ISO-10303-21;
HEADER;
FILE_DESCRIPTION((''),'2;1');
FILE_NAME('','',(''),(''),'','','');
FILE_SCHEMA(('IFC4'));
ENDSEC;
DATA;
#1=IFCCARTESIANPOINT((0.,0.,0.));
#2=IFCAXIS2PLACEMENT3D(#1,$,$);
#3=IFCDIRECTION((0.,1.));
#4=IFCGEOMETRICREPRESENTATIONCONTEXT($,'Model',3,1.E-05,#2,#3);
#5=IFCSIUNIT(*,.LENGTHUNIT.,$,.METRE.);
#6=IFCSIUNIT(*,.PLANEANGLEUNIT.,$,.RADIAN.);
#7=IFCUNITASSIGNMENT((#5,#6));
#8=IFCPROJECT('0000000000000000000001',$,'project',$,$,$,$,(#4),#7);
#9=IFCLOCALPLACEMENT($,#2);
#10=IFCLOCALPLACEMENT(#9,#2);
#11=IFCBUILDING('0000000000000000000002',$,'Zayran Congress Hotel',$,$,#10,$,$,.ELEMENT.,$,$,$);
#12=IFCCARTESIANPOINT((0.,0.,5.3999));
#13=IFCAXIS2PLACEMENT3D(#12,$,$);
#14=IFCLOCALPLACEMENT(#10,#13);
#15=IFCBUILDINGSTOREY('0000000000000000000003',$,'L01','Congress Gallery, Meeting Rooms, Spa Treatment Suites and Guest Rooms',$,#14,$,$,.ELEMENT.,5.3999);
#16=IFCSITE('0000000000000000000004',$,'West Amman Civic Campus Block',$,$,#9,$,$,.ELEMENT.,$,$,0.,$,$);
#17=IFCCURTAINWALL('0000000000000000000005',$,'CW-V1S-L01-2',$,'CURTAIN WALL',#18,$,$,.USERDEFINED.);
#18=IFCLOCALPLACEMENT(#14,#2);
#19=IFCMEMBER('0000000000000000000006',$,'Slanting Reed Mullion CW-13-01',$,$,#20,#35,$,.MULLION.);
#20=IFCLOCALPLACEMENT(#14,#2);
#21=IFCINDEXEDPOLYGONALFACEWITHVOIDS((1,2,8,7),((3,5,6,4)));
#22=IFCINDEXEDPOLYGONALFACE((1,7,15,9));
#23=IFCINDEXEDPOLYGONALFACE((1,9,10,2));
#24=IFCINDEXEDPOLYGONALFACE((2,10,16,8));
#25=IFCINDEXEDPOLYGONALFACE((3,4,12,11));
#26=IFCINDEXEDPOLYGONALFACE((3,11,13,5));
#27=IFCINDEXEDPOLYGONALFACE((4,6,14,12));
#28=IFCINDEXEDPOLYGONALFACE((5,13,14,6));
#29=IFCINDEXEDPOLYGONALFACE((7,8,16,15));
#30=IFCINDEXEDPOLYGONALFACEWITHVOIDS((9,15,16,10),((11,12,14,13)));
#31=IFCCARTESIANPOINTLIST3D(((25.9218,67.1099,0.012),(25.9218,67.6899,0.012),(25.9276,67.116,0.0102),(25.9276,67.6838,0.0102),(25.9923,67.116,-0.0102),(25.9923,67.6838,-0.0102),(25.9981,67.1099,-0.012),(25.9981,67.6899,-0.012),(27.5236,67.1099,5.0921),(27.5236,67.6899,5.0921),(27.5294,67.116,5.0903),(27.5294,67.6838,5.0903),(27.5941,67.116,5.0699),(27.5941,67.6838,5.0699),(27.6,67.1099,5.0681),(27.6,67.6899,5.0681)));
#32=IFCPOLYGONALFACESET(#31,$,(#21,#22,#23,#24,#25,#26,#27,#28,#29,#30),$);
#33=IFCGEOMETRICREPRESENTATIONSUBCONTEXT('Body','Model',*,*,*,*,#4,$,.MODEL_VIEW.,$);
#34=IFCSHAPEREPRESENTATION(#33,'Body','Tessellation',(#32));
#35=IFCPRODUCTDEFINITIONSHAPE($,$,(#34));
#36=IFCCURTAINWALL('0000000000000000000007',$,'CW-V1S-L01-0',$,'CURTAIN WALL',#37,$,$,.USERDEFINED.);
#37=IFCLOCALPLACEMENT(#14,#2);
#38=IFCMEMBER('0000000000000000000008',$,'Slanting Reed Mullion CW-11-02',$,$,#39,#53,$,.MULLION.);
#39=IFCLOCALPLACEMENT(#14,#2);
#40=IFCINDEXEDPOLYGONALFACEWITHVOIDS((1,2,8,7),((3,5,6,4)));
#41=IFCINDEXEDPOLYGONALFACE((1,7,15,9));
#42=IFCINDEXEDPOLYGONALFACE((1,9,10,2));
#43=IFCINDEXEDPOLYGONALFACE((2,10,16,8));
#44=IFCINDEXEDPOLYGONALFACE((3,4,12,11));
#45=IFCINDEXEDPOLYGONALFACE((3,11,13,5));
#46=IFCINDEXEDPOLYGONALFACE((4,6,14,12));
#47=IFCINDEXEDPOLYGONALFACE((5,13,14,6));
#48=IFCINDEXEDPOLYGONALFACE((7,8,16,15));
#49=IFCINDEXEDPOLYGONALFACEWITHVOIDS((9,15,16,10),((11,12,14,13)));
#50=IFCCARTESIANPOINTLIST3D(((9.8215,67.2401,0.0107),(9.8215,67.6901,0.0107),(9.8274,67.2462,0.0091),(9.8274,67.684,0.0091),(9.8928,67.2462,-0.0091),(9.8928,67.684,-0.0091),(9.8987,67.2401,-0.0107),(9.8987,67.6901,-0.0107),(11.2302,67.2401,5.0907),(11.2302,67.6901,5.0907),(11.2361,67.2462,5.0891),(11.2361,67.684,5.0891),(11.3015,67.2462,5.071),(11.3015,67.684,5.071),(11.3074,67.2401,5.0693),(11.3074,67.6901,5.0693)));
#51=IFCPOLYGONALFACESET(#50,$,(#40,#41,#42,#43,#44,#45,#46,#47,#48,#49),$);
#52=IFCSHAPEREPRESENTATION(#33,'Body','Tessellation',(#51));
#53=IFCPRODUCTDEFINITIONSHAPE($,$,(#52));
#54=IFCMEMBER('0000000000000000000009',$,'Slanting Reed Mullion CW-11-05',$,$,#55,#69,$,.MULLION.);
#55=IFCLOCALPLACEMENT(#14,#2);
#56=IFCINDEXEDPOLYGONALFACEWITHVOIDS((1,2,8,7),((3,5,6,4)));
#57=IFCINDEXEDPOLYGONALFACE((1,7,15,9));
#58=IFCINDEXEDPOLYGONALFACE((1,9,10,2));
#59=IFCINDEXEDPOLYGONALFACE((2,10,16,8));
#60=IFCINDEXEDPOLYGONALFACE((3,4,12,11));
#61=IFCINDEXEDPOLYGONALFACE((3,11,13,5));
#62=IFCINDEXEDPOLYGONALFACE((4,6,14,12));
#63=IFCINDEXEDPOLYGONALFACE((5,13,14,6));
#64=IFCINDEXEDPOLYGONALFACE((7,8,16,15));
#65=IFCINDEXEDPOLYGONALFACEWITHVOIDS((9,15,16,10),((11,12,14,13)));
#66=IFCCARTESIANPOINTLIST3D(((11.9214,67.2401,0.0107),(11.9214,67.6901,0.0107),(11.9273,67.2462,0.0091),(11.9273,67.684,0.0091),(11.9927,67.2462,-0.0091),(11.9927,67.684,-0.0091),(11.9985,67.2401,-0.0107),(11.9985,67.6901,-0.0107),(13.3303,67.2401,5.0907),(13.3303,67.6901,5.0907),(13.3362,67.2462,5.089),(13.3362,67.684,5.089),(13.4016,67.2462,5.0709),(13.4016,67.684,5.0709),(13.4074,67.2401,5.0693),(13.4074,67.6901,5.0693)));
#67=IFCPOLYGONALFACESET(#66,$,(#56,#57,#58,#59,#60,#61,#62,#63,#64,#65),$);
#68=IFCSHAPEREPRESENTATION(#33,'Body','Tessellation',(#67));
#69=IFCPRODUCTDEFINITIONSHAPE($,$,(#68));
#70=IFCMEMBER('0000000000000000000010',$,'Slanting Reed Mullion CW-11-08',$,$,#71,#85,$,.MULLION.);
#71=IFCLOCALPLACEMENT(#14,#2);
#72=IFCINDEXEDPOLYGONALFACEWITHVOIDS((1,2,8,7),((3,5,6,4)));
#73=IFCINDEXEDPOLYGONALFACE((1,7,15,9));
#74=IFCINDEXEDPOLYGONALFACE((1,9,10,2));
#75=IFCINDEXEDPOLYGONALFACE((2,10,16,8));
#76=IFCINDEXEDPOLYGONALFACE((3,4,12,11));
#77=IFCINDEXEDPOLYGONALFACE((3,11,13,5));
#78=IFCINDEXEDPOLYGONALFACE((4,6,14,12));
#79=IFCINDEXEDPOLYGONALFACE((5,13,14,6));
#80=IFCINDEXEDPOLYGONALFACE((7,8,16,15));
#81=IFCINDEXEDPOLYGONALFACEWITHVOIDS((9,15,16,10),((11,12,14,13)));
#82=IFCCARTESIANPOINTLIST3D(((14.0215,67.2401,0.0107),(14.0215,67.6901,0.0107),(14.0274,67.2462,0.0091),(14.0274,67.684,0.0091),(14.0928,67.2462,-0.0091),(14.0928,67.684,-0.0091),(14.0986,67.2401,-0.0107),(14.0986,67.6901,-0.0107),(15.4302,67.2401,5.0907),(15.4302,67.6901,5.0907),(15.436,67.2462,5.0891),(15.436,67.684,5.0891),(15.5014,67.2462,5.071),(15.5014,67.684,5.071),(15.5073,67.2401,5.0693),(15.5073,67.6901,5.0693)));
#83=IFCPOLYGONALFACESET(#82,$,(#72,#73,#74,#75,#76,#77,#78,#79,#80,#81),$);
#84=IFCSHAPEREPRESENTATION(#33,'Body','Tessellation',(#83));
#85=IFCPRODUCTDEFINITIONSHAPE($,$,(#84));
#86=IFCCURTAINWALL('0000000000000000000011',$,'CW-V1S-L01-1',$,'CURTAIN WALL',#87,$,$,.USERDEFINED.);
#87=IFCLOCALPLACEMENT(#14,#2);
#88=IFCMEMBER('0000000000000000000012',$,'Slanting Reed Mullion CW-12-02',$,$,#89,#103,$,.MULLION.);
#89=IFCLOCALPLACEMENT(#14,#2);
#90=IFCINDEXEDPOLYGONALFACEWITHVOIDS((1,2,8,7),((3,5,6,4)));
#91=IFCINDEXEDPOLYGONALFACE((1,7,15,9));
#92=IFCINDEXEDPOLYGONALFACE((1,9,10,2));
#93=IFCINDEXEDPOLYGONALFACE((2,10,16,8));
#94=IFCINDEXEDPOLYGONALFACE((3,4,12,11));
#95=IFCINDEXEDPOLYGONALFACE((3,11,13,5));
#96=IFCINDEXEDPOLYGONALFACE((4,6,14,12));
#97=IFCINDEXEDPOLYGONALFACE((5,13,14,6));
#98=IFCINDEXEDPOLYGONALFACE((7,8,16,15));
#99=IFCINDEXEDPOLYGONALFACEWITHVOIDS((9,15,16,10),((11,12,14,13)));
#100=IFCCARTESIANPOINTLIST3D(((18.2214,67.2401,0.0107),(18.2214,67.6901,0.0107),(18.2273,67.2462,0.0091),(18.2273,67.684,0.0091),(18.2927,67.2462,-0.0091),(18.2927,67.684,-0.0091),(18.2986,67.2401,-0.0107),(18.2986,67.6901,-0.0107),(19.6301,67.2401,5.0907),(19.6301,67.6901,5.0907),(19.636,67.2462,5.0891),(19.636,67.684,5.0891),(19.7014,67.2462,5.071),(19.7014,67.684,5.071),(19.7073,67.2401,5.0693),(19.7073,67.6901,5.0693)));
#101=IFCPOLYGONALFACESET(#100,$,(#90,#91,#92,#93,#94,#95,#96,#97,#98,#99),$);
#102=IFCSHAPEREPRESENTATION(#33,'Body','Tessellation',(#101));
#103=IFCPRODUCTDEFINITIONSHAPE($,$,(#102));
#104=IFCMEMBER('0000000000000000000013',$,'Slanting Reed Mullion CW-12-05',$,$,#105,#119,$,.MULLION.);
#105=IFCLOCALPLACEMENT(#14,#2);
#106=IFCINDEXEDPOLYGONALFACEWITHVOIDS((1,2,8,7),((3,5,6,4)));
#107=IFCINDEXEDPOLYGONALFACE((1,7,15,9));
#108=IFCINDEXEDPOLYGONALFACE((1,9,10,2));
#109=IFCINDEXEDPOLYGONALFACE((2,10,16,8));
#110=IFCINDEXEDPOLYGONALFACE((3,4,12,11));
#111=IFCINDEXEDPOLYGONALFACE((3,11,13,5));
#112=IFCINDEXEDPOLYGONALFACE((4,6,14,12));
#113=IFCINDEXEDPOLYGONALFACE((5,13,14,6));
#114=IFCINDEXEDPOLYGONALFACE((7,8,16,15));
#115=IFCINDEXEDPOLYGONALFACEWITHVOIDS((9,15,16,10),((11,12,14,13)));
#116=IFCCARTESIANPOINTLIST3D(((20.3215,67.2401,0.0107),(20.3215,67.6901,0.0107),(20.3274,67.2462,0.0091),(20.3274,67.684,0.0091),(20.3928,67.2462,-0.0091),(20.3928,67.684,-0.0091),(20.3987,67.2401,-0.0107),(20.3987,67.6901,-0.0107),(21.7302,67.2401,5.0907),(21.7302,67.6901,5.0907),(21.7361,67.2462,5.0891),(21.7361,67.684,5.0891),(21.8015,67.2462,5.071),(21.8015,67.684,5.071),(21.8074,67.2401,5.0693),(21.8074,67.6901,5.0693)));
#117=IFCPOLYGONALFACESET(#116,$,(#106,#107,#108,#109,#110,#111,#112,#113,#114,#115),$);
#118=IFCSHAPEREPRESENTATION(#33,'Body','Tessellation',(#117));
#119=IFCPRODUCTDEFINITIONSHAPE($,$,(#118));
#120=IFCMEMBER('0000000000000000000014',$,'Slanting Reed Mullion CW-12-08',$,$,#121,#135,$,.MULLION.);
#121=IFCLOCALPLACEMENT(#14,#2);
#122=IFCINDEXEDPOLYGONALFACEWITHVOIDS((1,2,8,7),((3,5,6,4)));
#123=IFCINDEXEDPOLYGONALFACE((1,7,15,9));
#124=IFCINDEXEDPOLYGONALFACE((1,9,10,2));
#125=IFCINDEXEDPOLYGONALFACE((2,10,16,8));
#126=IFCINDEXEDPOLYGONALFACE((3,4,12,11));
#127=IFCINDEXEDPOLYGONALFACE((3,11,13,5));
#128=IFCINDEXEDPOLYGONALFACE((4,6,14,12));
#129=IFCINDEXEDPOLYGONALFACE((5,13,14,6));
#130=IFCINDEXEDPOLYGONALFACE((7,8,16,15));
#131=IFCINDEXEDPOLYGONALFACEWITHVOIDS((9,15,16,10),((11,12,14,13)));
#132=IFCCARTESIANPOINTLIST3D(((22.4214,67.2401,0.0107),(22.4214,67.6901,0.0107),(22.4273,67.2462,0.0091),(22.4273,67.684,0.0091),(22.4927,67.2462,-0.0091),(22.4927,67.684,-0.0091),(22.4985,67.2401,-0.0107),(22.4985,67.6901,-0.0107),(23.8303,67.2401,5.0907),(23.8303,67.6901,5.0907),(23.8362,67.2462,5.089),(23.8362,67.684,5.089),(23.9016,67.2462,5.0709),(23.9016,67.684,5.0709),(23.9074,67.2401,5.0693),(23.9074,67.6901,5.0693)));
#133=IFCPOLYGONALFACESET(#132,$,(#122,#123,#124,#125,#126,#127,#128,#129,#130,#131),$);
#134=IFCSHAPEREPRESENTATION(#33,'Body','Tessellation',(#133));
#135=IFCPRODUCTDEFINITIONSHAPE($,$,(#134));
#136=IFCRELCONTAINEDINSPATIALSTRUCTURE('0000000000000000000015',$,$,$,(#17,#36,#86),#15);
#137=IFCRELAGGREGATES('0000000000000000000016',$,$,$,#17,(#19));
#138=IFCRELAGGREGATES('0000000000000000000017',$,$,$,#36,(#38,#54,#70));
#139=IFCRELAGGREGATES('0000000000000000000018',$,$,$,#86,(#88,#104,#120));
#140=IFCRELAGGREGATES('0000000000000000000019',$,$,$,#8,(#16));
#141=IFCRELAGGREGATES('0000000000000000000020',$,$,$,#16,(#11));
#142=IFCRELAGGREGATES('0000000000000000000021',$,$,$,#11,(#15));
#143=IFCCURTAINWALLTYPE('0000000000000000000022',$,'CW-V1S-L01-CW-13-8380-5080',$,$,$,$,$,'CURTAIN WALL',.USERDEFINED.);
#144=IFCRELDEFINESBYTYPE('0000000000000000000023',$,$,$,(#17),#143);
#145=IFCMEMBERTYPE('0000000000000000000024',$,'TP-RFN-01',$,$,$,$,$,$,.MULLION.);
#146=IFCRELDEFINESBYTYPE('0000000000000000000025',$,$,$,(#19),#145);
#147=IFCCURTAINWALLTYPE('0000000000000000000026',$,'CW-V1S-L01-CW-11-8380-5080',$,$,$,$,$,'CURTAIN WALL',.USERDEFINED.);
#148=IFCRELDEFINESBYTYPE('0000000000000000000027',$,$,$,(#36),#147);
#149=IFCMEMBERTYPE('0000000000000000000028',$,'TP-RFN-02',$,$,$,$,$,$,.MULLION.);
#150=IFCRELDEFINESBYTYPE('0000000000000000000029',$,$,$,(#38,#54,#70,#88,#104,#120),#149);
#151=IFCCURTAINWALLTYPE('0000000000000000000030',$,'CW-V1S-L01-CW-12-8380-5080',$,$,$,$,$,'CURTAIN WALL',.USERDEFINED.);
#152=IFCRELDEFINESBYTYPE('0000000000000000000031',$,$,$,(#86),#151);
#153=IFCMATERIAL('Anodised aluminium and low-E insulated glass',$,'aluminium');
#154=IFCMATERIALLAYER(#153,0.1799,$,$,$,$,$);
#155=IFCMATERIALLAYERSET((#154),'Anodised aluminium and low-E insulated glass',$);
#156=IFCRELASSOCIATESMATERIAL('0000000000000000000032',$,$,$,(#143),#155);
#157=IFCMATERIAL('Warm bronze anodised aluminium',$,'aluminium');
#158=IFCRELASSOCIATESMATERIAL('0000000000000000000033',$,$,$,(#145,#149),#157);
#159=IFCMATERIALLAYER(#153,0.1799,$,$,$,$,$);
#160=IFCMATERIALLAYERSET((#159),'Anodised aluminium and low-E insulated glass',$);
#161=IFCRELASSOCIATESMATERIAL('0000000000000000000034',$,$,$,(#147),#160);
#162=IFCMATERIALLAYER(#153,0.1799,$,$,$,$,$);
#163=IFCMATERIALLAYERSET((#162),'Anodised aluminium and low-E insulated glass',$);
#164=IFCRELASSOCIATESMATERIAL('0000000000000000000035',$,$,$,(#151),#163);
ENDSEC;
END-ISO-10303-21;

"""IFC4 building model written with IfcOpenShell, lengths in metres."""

from ifc_helpers import new_model, si_unit, direction, frame, origin, origin_2d, place, context, subcontext, project, spatial, hollow_rectangle, extrude, material, layer, layer_set, material_profile, profile_set, type_object, element, aggregate, save


model = new_model("IFC4")

# Units and contexts
model_context = context("Model", 3, precision=1e-05, world=origin(), true_north=direction((0.0, 1.0)))
body_context = subcontext(model_context, "Body", "Model", "MODEL_VIEW")
ifc_project = project(units=[si_unit("LENGTHUNIT", "METRE"), si_unit("PLANEANGLEUNIT", "RADIAN")], contexts=[model_context])

# Site, building, storey
site_placement = place(None, origin())
site = spatial("IfcSite", under=ifc_project, at=site_placement, Name="West Amman Civic Campus Block", CompositionType="ELEMENT", RefElevation=0.0)
building_placement = place(site_placement, origin())
building = spatial("IfcBuilding", under=site, at=building_placement, Name="Zayran Congress Hotel", CompositionType="ELEMENT")
storey_placement = place(building_placement, frame((0.0, 0.0, 5.3999)))
storey = spatial("IfcBuildingStorey", under=building, at=storey_placement, Name="L01", Description="Congress Gallery, Meeting Rooms, Spa Treatment Suites and Guest Rooms", CompositionType="ELEMENT", Elevation=5.3999)

# Curtain wall, member
ifc_material_1 = material(Name="Anodised aluminium and low-E insulated glass", Category="aluminium")
ifc_layer_1 = layer(ifc_material_1, 0.1799)
ifc_layer_set_1 = layer_set([ifc_layer_1], Name="Anodised aluminium and low-E insulated glass")
curtain_wall_type_1 = type_object("IfcCurtainWallType", Name="CW-V1S-L01-CW-13-8380-5080", ElementType="CURTAIN WALL", PredefinedType="USERDEFINED", material=ifc_layer_set_1)
curtain_wall_1_placement = place(storey_placement, origin())
curtain_wall_1 = element("IfcCurtainWall", 1, at=curtain_wall_1_placement, inside=storey, type_object=curtain_wall_type_1, Name="CW-V1S-L01-2", ObjectType="CURTAIN WALL", PredefinedType="USERDEFINED")
ifc_material_2 = material(Name="Warm bronze anodised aluminium", Category="aluminium")
ifc_material_profile_1 = material_profile(ifc_material_2, hollow_rectangle(XDim=0.0801, YDim=0.5801, WallThickness=0.0061, at=origin_2d()), Name="RHS 580x80x6")
ifc_profile_set_1 = profile_set([ifc_material_profile_1], Name="Warm bronze anodised aluminium")
member_type_1 = type_object("IfcMemberType", Name="TP-RFN-01", PredefinedType="MULLION", material=ifc_profile_set_1)
member_1_placement = place(storey_placement, frame((25.96, 67.3999, 0.0), z_axis=(0.300717, 0.0, 0.953713), x_axis=(-0.953713, 0.0, 0.300717)))
member_1 = element("IfcMember", 2, at=member_1_placement, type_object=member_type_1, Name="Slanting Reed Mullion CW-13-01", PredefinedType="MULLION", context=body_context, shape_type="SweptSolid", body=[
    extrude(hollow_rectangle(XDim=0.0801, YDim=0.5801, WallThickness=0.0061, at=origin_2d()), origin(), (0.0, 0.0, 1.0), 5.3267),
])
aggregate(curtain_wall_1, [member_1])

# Curtain walls, members
ifc_layer_2 = layer(ifc_material_1, 0.1799)
ifc_layer_set_2 = layer_set([ifc_layer_2], Name="Anodised aluminium and low-E insulated glass")
curtain_wall_type_2 = type_object("IfcCurtainWallType", Name="CW-V1S-L01-CW-11-8380-5080", ElementType="CURTAIN WALL", PredefinedType="USERDEFINED", material=ifc_layer_set_2)
curtain_wall_2_placement = place(storey_placement, origin())
curtain_wall_2 = element("IfcCurtainWall", 3, at=curtain_wall_2_placement, inside=storey, type_object=curtain_wall_type_2, Name="CW-V1S-L01-0", ObjectType="CURTAIN WALL", PredefinedType="USERDEFINED")
ifc_material_profile_2 = material_profile(ifc_material_2, hollow_rectangle(XDim=0.0801, YDim=0.45, WallThickness=0.0061, at=origin_2d()), Name="RHS 450x80x6")
ifc_profile_set_2 = profile_set([ifc_material_profile_2], Name="Warm bronze anodised aluminium")
member_type_2 = type_object("IfcMemberType", Name="TP-RFN-02", PredefinedType="MULLION", material=ifc_profile_set_2)
member_2_placement = place(storey_placement, frame((9.8601, 67.4651, 0.0), z_axis=(0.267214, 0.0, 0.963637), x_axis=(-0.963637, 0.0, 0.267214)))
member_2 = element("IfcMember", 4, at=member_2_placement, type_object=member_type_2, Name="Slanting Reed Mullion CW-11-02", PredefinedType="MULLION", context=body_context, shape_type="SweptSolid", body=[
    extrude(hollow_rectangle(XDim=0.0801, YDim=0.45, WallThickness=0.0061, at=origin_2d()), origin(), (0.0, 0.0, 1.0), 5.2717),
])
member_3_placement = place(storey_placement, frame((11.96, 67.4651, 0.0), z_axis=(0.267257, 0.0, 0.963625), x_axis=(-0.963625, 0.0, 0.267257)))
member_3 = element("IfcMember", 5, at=member_3_placement, type_object=member_type_2, Name="Slanting Reed Mullion CW-11-05", PredefinedType="MULLION", context=body_context, shape_type="SweptSolid", body=[
    extrude(hollow_rectangle(XDim=0.0801, YDim=0.45, WallThickness=0.0061, at=origin_2d()), origin(), (0.0, 0.0, 1.0), 5.2717),
])
member_4_placement = place(storey_placement, frame((14.0601, 67.4651, 0.0), z_axis=(0.267214, 0.0, 0.963637), x_axis=(-0.963637, 0.0, 0.267214)))
member_4 = element("IfcMember", 6, at=member_4_placement, type_object=member_type_2, Name="Slanting Reed Mullion CW-11-08", PredefinedType="MULLION", context=body_context, shape_type="SweptSolid", body=[
    extrude(hollow_rectangle(XDim=0.0801, YDim=0.45, WallThickness=0.0061, at=origin_2d()), origin(), (0.0, 0.0, 1.0), 5.2717),
])
aggregate(curtain_wall_2, [member_2, member_3, member_4])
ifc_layer_3 = layer(ifc_material_1, 0.1799)
ifc_layer_set_3 = layer_set([ifc_layer_3], Name="Anodised aluminium and low-E insulated glass")
curtain_wall_type_3 = type_object("IfcCurtainWallType", Name="CW-V1S-L01-CW-12-8380-5080", ElementType="CURTAIN WALL", PredefinedType="USERDEFINED", material=ifc_layer_set_3)
curtain_wall_3_placement = place(storey_placement, origin())
curtain_wall_3 = element("IfcCurtainWall", 7, at=curtain_wall_3_placement, inside=storey, type_object=curtain_wall_type_3, Name="CW-V1S-L01-1", ObjectType="CURTAIN WALL", PredefinedType="USERDEFINED")
member_5_placement = place(storey_placement, frame((18.26, 67.4651, 0.0), z_axis=(0.267214, 0.0, 0.963637), x_axis=(-0.963637, 0.0, 0.267214)))
member_5 = element("IfcMember", 8, at=member_5_placement, type_object=member_type_2, Name="Slanting Reed Mullion CW-12-02", PredefinedType="MULLION", context=body_context, shape_type="SweptSolid", body=[
    extrude(hollow_rectangle(XDim=0.0801, YDim=0.45, WallThickness=0.0061, at=origin_2d()), origin(), (0.0, 0.0, 1.0), 5.2717),
])
member_6_placement = place(storey_placement, frame((20.3601, 67.4651, 0.0), z_axis=(0.267214, 0.0, 0.963637), x_axis=(-0.963637, 0.0, 0.267214)))
member_6 = element("IfcMember", 9, at=member_6_placement, type_object=member_type_2, Name="Slanting Reed Mullion CW-12-05", PredefinedType="MULLION", context=body_context, shape_type="SweptSolid", body=[
    extrude(hollow_rectangle(XDim=0.0801, YDim=0.45, WallThickness=0.0061, at=origin_2d()), origin(), (0.0, 0.0, 1.0), 5.2717),
])
member_7_placement = place(storey_placement, frame((22.46, 67.4651, 0.0), z_axis=(0.267257, 0.0, 0.963625), x_axis=(-0.963625, 0.0, 0.267257)))
member_7 = element("IfcMember", 10, at=member_7_placement, type_object=member_type_2, Name="Slanting Reed Mullion CW-12-08", PredefinedType="MULLION", context=body_context, shape_type="SweptSolid", body=[
    extrude(hollow_rectangle(XDim=0.0801, YDim=0.45, WallThickness=0.0061, at=origin_2d()), origin(), (0.0, 0.0, 1.0), 5.2717),
])
aggregate(curtain_wall_3, [member_5, member_6, member_7])

save(model, "model.ifc")
